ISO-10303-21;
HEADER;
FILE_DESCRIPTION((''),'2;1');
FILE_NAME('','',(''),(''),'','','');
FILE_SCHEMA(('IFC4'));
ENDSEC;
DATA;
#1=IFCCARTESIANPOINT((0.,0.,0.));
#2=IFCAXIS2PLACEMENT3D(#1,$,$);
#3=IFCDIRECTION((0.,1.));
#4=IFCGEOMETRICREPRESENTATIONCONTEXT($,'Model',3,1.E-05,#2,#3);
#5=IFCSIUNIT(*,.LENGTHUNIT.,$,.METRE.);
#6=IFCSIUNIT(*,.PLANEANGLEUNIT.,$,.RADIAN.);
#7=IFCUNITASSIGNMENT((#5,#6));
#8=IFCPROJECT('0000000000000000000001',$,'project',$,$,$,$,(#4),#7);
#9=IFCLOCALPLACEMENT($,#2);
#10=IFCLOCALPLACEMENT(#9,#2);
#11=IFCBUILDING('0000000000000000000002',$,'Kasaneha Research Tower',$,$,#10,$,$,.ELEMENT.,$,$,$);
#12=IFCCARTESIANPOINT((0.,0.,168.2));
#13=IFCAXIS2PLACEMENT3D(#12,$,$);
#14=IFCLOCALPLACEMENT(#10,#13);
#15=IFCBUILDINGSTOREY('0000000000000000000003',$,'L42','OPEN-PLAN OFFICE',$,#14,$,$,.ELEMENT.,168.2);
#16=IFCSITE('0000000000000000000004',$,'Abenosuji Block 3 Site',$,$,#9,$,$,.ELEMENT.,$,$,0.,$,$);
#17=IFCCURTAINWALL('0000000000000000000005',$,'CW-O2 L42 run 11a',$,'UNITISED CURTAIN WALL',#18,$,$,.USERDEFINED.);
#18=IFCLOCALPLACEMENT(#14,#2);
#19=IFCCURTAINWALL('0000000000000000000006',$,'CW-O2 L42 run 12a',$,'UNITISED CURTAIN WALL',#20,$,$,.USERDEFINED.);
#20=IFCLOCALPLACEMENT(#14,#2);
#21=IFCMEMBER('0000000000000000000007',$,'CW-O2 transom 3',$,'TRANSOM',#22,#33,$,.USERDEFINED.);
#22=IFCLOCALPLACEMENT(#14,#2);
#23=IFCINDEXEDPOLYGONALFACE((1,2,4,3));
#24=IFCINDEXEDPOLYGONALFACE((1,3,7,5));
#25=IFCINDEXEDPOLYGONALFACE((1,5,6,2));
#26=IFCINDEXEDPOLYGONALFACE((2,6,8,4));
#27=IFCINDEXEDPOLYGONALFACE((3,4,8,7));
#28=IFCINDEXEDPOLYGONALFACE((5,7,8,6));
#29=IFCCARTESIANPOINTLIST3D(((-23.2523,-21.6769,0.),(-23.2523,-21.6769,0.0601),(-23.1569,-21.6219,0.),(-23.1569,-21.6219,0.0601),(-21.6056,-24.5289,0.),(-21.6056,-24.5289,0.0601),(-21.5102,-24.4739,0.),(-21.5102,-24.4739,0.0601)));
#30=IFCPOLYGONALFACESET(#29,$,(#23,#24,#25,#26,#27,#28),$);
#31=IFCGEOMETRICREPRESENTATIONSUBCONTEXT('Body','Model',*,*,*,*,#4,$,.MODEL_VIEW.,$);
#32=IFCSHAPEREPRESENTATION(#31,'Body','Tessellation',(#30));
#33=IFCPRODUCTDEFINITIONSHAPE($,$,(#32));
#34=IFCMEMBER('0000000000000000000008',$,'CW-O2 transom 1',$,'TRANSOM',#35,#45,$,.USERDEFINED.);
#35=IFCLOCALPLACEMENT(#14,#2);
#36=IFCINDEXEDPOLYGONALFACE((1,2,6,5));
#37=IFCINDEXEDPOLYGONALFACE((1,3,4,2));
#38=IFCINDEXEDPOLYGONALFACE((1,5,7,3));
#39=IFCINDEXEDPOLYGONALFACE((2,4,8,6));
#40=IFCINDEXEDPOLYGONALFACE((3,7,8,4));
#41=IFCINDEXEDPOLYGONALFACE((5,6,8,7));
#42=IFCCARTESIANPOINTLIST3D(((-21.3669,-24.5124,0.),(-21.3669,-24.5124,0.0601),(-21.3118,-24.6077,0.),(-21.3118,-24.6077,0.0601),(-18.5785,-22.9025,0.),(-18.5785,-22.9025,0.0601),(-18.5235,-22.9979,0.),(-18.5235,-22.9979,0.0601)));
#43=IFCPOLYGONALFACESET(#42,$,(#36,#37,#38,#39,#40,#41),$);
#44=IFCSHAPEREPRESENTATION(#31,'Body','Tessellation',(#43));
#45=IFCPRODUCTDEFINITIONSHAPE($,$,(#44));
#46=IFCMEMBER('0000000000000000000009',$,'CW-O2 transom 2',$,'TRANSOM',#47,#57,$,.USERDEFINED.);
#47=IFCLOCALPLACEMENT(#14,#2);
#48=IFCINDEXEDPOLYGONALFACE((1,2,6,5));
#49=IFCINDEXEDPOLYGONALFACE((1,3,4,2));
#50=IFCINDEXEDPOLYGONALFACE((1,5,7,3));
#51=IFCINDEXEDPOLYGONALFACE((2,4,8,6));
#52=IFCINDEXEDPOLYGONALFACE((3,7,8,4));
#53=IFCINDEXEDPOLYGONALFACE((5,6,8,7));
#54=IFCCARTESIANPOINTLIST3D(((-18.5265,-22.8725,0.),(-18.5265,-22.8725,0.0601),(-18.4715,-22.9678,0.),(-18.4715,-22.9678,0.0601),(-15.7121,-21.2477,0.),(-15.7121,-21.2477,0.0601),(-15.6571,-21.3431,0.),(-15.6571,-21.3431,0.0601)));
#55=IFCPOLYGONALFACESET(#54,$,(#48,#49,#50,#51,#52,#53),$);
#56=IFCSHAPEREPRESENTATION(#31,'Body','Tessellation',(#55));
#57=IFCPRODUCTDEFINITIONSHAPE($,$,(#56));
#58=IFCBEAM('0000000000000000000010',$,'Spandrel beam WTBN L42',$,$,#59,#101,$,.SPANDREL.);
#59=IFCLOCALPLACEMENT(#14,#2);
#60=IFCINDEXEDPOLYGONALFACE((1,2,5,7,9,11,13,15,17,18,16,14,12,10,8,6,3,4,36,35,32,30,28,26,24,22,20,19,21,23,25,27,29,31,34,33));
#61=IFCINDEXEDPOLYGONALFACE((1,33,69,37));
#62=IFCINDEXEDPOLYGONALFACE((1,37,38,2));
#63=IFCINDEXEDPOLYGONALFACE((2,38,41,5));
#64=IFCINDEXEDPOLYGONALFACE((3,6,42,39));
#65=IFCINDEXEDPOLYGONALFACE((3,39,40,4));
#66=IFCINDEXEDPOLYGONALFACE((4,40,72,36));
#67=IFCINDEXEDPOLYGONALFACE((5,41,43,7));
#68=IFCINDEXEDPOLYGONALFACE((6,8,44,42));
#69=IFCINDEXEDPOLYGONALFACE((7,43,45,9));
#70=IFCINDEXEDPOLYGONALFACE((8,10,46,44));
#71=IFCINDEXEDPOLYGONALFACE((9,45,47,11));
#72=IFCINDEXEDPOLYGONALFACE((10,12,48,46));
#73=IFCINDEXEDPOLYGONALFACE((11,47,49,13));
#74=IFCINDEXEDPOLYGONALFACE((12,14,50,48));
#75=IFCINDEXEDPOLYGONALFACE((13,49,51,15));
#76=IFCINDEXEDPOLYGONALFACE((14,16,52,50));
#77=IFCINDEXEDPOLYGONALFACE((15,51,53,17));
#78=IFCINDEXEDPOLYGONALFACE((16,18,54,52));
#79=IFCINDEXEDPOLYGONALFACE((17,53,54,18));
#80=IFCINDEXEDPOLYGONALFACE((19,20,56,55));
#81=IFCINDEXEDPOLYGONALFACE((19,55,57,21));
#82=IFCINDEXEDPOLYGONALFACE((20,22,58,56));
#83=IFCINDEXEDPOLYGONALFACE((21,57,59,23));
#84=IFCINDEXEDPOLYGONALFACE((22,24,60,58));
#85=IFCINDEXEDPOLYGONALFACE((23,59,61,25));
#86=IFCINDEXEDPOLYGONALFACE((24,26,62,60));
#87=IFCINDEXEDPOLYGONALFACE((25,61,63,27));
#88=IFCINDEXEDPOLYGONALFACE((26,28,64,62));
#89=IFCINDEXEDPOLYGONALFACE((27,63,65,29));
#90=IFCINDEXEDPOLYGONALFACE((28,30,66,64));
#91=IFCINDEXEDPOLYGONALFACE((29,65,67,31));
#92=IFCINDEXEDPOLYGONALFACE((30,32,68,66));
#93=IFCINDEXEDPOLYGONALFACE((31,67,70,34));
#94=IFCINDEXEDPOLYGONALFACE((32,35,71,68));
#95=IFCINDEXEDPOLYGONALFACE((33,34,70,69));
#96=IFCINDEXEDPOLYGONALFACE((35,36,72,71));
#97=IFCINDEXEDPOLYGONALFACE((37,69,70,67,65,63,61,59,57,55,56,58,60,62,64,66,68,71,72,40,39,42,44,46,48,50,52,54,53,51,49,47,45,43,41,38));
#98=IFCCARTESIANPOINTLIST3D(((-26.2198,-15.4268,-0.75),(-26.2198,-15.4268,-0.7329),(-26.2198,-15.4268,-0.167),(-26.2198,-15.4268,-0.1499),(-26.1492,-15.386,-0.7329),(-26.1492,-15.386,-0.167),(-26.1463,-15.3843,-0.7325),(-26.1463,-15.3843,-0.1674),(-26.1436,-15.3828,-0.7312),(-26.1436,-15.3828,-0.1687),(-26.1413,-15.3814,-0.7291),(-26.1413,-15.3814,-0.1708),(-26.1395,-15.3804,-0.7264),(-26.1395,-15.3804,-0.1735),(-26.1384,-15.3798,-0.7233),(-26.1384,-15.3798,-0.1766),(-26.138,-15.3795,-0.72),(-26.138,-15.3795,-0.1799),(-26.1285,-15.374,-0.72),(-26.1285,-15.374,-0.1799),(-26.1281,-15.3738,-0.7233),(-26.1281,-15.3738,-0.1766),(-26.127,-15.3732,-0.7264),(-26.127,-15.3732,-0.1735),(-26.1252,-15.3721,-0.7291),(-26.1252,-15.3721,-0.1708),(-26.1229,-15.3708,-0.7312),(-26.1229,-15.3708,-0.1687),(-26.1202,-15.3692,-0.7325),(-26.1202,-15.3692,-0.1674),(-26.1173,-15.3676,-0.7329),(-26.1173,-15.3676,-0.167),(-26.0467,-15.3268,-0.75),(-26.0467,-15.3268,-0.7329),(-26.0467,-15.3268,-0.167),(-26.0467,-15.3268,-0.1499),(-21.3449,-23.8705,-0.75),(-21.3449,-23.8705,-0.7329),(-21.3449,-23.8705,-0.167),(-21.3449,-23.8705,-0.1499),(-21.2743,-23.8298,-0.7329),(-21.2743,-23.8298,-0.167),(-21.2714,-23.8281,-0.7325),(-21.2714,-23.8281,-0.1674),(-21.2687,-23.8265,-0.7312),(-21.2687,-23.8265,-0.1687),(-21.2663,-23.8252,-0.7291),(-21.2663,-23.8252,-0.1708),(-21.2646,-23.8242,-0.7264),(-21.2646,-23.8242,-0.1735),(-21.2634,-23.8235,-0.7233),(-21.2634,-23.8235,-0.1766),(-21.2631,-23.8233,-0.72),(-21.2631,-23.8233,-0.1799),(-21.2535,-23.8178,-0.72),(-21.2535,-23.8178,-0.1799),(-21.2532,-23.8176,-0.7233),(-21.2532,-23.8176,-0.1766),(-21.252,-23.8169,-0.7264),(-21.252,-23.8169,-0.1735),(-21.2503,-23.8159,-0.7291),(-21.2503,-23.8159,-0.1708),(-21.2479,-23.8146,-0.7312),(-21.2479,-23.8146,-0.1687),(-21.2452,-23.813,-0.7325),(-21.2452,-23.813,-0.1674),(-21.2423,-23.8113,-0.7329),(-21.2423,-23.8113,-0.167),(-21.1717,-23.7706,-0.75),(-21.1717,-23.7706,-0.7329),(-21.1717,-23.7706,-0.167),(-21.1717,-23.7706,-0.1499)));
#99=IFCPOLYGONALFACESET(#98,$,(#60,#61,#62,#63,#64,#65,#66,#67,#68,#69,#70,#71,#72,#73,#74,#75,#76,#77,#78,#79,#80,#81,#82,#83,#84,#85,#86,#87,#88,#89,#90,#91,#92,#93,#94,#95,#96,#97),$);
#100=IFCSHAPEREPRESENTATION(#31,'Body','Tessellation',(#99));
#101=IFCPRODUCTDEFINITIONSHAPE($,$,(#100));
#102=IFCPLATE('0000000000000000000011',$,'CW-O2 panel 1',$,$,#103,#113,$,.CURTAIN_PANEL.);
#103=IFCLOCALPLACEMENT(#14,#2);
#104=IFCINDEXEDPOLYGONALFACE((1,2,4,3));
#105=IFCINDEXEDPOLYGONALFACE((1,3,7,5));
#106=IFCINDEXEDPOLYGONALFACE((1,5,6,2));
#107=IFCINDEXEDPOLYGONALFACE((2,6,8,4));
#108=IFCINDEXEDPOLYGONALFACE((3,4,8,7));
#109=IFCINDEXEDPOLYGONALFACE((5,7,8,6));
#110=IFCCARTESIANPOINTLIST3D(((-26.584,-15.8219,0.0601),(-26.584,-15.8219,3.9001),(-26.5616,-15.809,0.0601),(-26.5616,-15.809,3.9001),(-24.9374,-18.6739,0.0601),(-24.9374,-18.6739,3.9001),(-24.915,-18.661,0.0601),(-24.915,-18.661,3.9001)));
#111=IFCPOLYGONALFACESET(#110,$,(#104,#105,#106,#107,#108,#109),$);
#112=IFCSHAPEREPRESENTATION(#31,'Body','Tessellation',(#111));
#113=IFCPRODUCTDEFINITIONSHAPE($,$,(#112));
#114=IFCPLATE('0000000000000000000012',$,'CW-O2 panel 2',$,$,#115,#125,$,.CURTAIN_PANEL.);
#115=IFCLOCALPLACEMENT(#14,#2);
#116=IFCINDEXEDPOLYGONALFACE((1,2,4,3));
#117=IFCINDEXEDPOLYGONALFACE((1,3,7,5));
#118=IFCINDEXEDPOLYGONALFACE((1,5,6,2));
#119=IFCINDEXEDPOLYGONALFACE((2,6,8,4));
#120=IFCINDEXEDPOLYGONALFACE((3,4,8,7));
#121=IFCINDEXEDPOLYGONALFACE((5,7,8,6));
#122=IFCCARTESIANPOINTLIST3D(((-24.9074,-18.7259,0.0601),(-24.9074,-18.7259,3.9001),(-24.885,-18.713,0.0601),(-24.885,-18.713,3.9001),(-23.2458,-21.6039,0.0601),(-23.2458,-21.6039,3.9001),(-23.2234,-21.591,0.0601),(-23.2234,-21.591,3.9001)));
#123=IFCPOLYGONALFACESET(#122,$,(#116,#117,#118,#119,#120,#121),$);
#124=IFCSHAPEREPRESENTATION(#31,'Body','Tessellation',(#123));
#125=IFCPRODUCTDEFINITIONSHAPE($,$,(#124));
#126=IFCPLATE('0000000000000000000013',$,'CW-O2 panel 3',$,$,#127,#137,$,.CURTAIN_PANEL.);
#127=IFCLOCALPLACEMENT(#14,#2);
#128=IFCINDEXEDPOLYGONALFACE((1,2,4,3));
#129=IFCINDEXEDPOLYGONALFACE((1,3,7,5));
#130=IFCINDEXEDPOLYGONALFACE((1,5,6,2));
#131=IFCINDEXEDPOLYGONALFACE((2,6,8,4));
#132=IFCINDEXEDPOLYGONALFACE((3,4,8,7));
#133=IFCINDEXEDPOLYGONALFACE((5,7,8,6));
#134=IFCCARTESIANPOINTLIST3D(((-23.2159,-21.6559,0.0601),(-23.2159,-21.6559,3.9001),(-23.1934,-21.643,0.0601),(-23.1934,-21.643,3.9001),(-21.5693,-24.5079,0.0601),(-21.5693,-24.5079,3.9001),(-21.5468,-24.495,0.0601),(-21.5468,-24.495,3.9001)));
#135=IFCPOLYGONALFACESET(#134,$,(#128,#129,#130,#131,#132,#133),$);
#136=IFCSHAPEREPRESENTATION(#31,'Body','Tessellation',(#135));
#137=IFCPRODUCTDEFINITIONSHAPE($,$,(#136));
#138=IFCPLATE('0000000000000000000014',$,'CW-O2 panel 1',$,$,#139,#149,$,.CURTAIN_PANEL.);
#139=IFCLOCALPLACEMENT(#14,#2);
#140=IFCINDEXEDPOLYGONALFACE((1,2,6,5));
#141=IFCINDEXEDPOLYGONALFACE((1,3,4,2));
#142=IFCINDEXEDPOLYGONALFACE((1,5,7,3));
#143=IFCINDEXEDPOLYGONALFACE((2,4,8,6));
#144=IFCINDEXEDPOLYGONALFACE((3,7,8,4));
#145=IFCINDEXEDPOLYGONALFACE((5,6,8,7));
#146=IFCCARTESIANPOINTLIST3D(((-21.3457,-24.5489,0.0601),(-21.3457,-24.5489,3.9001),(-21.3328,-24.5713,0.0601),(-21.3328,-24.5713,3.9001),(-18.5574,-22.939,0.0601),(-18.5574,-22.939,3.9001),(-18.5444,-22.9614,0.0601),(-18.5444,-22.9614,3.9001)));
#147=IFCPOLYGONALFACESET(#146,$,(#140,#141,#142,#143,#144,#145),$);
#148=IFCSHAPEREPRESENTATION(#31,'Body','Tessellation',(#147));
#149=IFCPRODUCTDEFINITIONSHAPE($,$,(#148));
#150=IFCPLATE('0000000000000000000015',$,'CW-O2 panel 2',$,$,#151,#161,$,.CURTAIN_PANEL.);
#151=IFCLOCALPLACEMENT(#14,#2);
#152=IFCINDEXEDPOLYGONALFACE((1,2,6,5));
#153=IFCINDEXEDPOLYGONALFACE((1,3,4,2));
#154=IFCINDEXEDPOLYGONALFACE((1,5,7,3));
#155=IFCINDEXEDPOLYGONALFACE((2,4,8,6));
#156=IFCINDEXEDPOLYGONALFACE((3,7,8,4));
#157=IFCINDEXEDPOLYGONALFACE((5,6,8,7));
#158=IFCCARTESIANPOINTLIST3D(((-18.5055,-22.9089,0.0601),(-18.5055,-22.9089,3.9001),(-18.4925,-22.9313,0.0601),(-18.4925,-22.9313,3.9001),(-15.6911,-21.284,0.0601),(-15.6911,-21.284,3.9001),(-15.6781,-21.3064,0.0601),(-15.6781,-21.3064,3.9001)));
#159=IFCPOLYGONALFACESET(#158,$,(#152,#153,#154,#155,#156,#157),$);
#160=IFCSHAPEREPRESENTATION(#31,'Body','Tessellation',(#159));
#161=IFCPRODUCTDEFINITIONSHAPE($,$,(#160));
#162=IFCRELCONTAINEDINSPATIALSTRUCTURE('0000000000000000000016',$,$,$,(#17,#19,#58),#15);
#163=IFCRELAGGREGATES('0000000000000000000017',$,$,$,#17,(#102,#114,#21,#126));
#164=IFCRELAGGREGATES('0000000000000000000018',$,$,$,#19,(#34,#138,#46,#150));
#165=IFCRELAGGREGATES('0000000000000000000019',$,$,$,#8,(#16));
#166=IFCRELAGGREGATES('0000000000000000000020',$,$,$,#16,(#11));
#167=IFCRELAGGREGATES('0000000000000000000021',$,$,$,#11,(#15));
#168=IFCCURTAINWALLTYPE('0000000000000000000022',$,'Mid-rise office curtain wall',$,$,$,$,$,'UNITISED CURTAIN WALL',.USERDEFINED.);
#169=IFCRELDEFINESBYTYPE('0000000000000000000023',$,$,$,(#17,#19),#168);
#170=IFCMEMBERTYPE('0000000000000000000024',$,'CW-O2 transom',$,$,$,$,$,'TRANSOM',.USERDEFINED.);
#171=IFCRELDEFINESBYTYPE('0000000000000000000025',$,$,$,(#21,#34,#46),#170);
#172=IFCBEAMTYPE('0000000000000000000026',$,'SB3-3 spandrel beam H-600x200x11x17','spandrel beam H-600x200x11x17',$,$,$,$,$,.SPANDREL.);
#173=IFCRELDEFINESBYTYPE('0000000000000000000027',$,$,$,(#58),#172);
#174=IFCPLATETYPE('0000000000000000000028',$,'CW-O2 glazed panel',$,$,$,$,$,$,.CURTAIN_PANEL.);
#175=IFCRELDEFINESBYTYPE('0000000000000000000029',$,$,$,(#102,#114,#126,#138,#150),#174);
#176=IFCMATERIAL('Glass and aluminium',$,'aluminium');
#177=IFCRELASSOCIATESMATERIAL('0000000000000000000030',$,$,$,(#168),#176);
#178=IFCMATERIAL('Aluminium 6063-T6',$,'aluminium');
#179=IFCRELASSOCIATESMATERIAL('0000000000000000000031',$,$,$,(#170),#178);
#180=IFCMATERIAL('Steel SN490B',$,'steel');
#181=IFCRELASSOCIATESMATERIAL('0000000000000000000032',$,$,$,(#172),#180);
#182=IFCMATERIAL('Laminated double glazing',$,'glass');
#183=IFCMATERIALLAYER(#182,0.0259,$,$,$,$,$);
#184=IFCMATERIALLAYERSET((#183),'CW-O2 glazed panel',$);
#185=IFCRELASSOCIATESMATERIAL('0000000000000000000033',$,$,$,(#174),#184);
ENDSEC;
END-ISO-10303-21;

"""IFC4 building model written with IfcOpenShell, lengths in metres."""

from ifc_helpers import new_model, si_unit, direction, frame, origin, origin_2d, place, context, subcontext, project, spatial, rectangle, i_section, extrude, material, layer, layer_set, material_profile, profile_set, type_object, element, aggregate, save


model = new_model("IFC4")

# Units and contexts
model_context = context("Model", 3, precision=1e-05, world=origin(), true_north=direction((0.0, 1.0)))
body_context = subcontext(model_context, "Body", "Model", "MODEL_VIEW")
ifc_project = project(units=[si_unit("LENGTHUNIT", "METRE"), si_unit("PLANEANGLEUNIT", "RADIAN")], contexts=[model_context])

# Site, building, storey
site_placement = place(None, origin())
site = spatial("IfcSite", under=ifc_project, at=site_placement, Name="Abenosuji Block 3 Site", CompositionType="ELEMENT", RefElevation=0.0)
building_placement = place(site_placement, origin())
building = spatial("IfcBuilding", under=site, at=building_placement, Name="Kasaneha Research Tower", CompositionType="ELEMENT")
storey_placement = place(building_placement, frame((0.0, 0.0, 168.2)))
storey = spatial("IfcBuildingStorey", under=building, at=storey_placement, Name="L42", Description="OPEN-PLAN OFFICE", CompositionType="ELEMENT", Elevation=168.2)

# Shared definitions
ifc_material_1 = material(Name="Glass and aluminium", Category="aluminium")
curtain_wall_type = type_object("IfcCurtainWallType", Name="Mid-rise office curtain wall", ElementType="UNITISED CURTAIN WALL", PredefinedType="USERDEFINED", material=ifc_material_1)

# Curtain walls
curtain_wall_1_placement = place(storey_placement, origin())
curtain_wall_1 = element("IfcCurtainWall", 1, at=curtain_wall_1_placement, inside=storey, type_object=curtain_wall_type, Name="CW-O2 L42 run 11a", ObjectType="UNITISED CURTAIN WALL", PredefinedType="USERDEFINED")
curtain_wall_2_placement = place(storey_placement, origin())
curtain_wall_2 = element("IfcCurtainWall", 2, at=curtain_wall_2_placement, inside=storey, type_object=curtain_wall_type, Name="CW-O2 L42 run 12a", ObjectType="UNITISED CURTAIN WALL", PredefinedType="USERDEFINED")

# Members
ifc_material_2 = material(Name="Aluminium 6063-T6", Category="aluminium")
ifc_material_profile_1 = material_profile(ifc_material_2, rectangle(XDim=0.1101, YDim=0.0601, at=origin_2d()), Name="CW-O2 transom 110x60")
ifc_profile_set_1 = profile_set([ifc_material_profile_1], Name="Aluminium 6063-T6")
member_type_1 = type_object("IfcMemberType", Name="CW-O2 transom", ElementType="TRANSOM", PredefinedType="USERDEFINED", material=ifc_profile_set_1)
member_1_placement = place(storey_placement, frame((-23.2046, -21.6494, 0.03), z_axis=(0.500022, -0.866013, 0.0), x_axis=(0.866013, 0.500022, 0.0)))
member_1 = element("IfcMember", 3, at=member_1_placement, type_object=member_type_1, Name="CW-O2 transom 3", ObjectType="TRANSOM", PredefinedType="USERDEFINED", context=body_context, shape_type="SweptSolid", body=[
    extrude(rectangle(XDim=0.1101, YDim=0.0601, at=origin_2d()), origin(), (0.0, 0.0, 1.0), 3.2932),
])
member_2_placement = place(storey_placement, frame((-21.3394, -24.5601, 0.03), z_axis=(0.866023, 0.500005, 0.0), x_axis=(-0.500005, 0.866023, 0.0)))
member_2 = element("IfcMember", 4, at=member_2_placement, type_object=member_type_1, Name="CW-O2 transom 1", ObjectType="TRANSOM", PredefinedType="USERDEFINED", context=body_context, shape_type="SweptSolid", body=[
    extrude(rectangle(XDim=0.1101, YDim=0.0601, at=origin_2d()), origin(), (0.0, 0.0, 1.0), 3.2197),
])
member_3_placement = place(storey_placement, frame((-18.499, -22.9202, 0.03), z_axis=(0.866048, 0.499961, 0.0), x_axis=(-0.499961, 0.866048, 0.0)))
member_3 = element("IfcMember", 5, at=member_3_placement, type_object=member_type_1, Name="CW-O2 transom 2", ObjectType="TRANSOM", PredefinedType="USERDEFINED", context=body_context, shape_type="SweptSolid", body=[
    extrude(rectangle(XDim=0.1101, YDim=0.0601, at=origin_2d()), origin(), (0.0, 0.0, 1.0), 3.2498),
])

# Beam
ifc_material_3 = material(Name="Steel SN490B", Category="steel")
ifc_material_profile_2 = material_profile(ifc_material_3, i_section(OverallWidth=0.2, OverallDepth=0.6001, WebThickness=0.011, FlangeThickness=0.0171, FilletRadius=0.0129, at=origin_2d()), Name="H-600x200x11x17")
ifc_profile_set_2 = profile_set([ifc_material_profile_2], Name="Steel SN490B")
beam_type_1 = type_object("IfcBeamType", Name="SB3-3 spandrel beam H-600x200x11x17", Description="spandrel beam H-600x200x11x17", PredefinedType="SPANDREL", material=ifc_profile_set_2)
beam_1_placement = place(storey_placement, frame((-21.2583, -23.8206, -0.45), z_axis=(-0.499996, 0.866028, 0.0), x_axis=(-0.866028, -0.499996, 0.0)))
element("IfcBeam", 6, at=beam_1_placement, inside=storey, type_object=beam_type_1, Name="Spandrel beam WTBN L42", PredefinedType="SPANDREL", context=body_context, shape_type="SweptSolid", body=[
    extrude(i_section(OverallWidth=0.2, OverallDepth=0.6001, WebThickness=0.011, FlangeThickness=0.0171, FilletRadius=0.0129, at=origin_2d()), origin(), (0.0, 0.0, 1.0), 9.75),
])

# Plates
ifc_material_4 = material(Name="Laminated double glazing", Category="glass")
ifc_layer_1 = layer(ifc_material_4, 0.0259)
ifc_layer_set_1 = layer_set([ifc_layer_1], Name="CW-O2 glazed panel")
plate_type = type_object("IfcPlateType", Name="CW-O2 glazed panel", PredefinedType="CURTAIN_PANEL", material=ifc_layer_set_1)
plate_1_placement = place(storey_placement, frame((-25.7495, -17.2415, 0.0601), z_axis=(0.0, 0.0, 1.0), x_axis=(0.5, -0.866025, 0.0)))
plate_1 = element("IfcPlate", 7, at=plate_1_placement, type_object=plate_type, Name="CW-O2 panel 1", PredefinedType="CURTAIN_PANEL", context=body_context, shape_type="SweptSolid", body=[
    extrude(rectangle(XDim=3.2932, YDim=0.0259, at=origin_2d()), origin(), (0.0, 0.0, 1.0), 3.8401),
])
plate_2_placement = place(storey_placement, frame((-24.0654, -20.1584, 0.0601), z_axis=(0.0, 0.0, 1.0), x_axis=(0.5, -0.866025, 0.0)))
plate_2 = element("IfcPlate", 8, at=plate_2_placement, type_object=plate_type, Name="CW-O2 panel 2", PredefinedType="CURTAIN_PANEL", context=body_context, shape_type="SweptSolid", body=[
    extrude(rectangle(XDim=3.3232, YDim=0.0259, at=origin_2d()), origin(), (0.0, 0.0, 1.0), 3.8401),
])
plate_3_placement = place(storey_placement, frame((-22.3813, -23.0754, 0.0601), z_axis=(0.0, 0.0, 1.0), x_axis=(0.5, -0.866025, 0.0)))
plate_3 = element("IfcPlate", 9, at=plate_3_placement, type_object=plate_type, Name="CW-O2 panel 3", PredefinedType="CURTAIN_PANEL", context=body_context, shape_type="SweptSolid", body=[
    extrude(rectangle(XDim=3.2932, YDim=0.0259, at=origin_2d()), origin(), (0.0, 0.0, 1.0), 3.8401),
])
aggregate(curtain_wall_1, [plate_1, plate_2, member_1, plate_3])
plate_4_placement = place(storey_placement, frame((-19.9451, -23.7551, 0.0601), z_axis=(0.0, 0.0, 1.0), x_axis=(0.866025, 0.5, 0.0)))
plate_4 = element("IfcPlate", 10, at=plate_4_placement, type_object=plate_type, Name="CW-O2 panel 1", PredefinedType="CURTAIN_PANEL", context=body_context, shape_type="SweptSolid", body=[
    extrude(rectangle(XDim=3.2197, YDim=0.0259, at=origin_2d()), origin(), (0.0, 0.0, 1.0), 3.8401),
])
plate_5_placement = place(storey_placement, frame((-17.0918, -22.1077, 0.0601), z_axis=(0.0, 0.0, 1.0), x_axis=(0.866025, 0.5, 0.0)))
plate_5 = element("IfcPlate", 11, at=plate_5_placement, type_object=plate_type, Name="CW-O2 panel 2", PredefinedType="CURTAIN_PANEL", context=body_context, shape_type="SweptSolid", body=[
    extrude(rectangle(XDim=3.2498, YDim=0.0259, at=origin_2d()), origin(), (0.0, 0.0, 1.0), 3.8401),
])
aggregate(curtain_wall_2, [member_2, plate_4, member_3, plate_5])

save(model, "model.ifc")
